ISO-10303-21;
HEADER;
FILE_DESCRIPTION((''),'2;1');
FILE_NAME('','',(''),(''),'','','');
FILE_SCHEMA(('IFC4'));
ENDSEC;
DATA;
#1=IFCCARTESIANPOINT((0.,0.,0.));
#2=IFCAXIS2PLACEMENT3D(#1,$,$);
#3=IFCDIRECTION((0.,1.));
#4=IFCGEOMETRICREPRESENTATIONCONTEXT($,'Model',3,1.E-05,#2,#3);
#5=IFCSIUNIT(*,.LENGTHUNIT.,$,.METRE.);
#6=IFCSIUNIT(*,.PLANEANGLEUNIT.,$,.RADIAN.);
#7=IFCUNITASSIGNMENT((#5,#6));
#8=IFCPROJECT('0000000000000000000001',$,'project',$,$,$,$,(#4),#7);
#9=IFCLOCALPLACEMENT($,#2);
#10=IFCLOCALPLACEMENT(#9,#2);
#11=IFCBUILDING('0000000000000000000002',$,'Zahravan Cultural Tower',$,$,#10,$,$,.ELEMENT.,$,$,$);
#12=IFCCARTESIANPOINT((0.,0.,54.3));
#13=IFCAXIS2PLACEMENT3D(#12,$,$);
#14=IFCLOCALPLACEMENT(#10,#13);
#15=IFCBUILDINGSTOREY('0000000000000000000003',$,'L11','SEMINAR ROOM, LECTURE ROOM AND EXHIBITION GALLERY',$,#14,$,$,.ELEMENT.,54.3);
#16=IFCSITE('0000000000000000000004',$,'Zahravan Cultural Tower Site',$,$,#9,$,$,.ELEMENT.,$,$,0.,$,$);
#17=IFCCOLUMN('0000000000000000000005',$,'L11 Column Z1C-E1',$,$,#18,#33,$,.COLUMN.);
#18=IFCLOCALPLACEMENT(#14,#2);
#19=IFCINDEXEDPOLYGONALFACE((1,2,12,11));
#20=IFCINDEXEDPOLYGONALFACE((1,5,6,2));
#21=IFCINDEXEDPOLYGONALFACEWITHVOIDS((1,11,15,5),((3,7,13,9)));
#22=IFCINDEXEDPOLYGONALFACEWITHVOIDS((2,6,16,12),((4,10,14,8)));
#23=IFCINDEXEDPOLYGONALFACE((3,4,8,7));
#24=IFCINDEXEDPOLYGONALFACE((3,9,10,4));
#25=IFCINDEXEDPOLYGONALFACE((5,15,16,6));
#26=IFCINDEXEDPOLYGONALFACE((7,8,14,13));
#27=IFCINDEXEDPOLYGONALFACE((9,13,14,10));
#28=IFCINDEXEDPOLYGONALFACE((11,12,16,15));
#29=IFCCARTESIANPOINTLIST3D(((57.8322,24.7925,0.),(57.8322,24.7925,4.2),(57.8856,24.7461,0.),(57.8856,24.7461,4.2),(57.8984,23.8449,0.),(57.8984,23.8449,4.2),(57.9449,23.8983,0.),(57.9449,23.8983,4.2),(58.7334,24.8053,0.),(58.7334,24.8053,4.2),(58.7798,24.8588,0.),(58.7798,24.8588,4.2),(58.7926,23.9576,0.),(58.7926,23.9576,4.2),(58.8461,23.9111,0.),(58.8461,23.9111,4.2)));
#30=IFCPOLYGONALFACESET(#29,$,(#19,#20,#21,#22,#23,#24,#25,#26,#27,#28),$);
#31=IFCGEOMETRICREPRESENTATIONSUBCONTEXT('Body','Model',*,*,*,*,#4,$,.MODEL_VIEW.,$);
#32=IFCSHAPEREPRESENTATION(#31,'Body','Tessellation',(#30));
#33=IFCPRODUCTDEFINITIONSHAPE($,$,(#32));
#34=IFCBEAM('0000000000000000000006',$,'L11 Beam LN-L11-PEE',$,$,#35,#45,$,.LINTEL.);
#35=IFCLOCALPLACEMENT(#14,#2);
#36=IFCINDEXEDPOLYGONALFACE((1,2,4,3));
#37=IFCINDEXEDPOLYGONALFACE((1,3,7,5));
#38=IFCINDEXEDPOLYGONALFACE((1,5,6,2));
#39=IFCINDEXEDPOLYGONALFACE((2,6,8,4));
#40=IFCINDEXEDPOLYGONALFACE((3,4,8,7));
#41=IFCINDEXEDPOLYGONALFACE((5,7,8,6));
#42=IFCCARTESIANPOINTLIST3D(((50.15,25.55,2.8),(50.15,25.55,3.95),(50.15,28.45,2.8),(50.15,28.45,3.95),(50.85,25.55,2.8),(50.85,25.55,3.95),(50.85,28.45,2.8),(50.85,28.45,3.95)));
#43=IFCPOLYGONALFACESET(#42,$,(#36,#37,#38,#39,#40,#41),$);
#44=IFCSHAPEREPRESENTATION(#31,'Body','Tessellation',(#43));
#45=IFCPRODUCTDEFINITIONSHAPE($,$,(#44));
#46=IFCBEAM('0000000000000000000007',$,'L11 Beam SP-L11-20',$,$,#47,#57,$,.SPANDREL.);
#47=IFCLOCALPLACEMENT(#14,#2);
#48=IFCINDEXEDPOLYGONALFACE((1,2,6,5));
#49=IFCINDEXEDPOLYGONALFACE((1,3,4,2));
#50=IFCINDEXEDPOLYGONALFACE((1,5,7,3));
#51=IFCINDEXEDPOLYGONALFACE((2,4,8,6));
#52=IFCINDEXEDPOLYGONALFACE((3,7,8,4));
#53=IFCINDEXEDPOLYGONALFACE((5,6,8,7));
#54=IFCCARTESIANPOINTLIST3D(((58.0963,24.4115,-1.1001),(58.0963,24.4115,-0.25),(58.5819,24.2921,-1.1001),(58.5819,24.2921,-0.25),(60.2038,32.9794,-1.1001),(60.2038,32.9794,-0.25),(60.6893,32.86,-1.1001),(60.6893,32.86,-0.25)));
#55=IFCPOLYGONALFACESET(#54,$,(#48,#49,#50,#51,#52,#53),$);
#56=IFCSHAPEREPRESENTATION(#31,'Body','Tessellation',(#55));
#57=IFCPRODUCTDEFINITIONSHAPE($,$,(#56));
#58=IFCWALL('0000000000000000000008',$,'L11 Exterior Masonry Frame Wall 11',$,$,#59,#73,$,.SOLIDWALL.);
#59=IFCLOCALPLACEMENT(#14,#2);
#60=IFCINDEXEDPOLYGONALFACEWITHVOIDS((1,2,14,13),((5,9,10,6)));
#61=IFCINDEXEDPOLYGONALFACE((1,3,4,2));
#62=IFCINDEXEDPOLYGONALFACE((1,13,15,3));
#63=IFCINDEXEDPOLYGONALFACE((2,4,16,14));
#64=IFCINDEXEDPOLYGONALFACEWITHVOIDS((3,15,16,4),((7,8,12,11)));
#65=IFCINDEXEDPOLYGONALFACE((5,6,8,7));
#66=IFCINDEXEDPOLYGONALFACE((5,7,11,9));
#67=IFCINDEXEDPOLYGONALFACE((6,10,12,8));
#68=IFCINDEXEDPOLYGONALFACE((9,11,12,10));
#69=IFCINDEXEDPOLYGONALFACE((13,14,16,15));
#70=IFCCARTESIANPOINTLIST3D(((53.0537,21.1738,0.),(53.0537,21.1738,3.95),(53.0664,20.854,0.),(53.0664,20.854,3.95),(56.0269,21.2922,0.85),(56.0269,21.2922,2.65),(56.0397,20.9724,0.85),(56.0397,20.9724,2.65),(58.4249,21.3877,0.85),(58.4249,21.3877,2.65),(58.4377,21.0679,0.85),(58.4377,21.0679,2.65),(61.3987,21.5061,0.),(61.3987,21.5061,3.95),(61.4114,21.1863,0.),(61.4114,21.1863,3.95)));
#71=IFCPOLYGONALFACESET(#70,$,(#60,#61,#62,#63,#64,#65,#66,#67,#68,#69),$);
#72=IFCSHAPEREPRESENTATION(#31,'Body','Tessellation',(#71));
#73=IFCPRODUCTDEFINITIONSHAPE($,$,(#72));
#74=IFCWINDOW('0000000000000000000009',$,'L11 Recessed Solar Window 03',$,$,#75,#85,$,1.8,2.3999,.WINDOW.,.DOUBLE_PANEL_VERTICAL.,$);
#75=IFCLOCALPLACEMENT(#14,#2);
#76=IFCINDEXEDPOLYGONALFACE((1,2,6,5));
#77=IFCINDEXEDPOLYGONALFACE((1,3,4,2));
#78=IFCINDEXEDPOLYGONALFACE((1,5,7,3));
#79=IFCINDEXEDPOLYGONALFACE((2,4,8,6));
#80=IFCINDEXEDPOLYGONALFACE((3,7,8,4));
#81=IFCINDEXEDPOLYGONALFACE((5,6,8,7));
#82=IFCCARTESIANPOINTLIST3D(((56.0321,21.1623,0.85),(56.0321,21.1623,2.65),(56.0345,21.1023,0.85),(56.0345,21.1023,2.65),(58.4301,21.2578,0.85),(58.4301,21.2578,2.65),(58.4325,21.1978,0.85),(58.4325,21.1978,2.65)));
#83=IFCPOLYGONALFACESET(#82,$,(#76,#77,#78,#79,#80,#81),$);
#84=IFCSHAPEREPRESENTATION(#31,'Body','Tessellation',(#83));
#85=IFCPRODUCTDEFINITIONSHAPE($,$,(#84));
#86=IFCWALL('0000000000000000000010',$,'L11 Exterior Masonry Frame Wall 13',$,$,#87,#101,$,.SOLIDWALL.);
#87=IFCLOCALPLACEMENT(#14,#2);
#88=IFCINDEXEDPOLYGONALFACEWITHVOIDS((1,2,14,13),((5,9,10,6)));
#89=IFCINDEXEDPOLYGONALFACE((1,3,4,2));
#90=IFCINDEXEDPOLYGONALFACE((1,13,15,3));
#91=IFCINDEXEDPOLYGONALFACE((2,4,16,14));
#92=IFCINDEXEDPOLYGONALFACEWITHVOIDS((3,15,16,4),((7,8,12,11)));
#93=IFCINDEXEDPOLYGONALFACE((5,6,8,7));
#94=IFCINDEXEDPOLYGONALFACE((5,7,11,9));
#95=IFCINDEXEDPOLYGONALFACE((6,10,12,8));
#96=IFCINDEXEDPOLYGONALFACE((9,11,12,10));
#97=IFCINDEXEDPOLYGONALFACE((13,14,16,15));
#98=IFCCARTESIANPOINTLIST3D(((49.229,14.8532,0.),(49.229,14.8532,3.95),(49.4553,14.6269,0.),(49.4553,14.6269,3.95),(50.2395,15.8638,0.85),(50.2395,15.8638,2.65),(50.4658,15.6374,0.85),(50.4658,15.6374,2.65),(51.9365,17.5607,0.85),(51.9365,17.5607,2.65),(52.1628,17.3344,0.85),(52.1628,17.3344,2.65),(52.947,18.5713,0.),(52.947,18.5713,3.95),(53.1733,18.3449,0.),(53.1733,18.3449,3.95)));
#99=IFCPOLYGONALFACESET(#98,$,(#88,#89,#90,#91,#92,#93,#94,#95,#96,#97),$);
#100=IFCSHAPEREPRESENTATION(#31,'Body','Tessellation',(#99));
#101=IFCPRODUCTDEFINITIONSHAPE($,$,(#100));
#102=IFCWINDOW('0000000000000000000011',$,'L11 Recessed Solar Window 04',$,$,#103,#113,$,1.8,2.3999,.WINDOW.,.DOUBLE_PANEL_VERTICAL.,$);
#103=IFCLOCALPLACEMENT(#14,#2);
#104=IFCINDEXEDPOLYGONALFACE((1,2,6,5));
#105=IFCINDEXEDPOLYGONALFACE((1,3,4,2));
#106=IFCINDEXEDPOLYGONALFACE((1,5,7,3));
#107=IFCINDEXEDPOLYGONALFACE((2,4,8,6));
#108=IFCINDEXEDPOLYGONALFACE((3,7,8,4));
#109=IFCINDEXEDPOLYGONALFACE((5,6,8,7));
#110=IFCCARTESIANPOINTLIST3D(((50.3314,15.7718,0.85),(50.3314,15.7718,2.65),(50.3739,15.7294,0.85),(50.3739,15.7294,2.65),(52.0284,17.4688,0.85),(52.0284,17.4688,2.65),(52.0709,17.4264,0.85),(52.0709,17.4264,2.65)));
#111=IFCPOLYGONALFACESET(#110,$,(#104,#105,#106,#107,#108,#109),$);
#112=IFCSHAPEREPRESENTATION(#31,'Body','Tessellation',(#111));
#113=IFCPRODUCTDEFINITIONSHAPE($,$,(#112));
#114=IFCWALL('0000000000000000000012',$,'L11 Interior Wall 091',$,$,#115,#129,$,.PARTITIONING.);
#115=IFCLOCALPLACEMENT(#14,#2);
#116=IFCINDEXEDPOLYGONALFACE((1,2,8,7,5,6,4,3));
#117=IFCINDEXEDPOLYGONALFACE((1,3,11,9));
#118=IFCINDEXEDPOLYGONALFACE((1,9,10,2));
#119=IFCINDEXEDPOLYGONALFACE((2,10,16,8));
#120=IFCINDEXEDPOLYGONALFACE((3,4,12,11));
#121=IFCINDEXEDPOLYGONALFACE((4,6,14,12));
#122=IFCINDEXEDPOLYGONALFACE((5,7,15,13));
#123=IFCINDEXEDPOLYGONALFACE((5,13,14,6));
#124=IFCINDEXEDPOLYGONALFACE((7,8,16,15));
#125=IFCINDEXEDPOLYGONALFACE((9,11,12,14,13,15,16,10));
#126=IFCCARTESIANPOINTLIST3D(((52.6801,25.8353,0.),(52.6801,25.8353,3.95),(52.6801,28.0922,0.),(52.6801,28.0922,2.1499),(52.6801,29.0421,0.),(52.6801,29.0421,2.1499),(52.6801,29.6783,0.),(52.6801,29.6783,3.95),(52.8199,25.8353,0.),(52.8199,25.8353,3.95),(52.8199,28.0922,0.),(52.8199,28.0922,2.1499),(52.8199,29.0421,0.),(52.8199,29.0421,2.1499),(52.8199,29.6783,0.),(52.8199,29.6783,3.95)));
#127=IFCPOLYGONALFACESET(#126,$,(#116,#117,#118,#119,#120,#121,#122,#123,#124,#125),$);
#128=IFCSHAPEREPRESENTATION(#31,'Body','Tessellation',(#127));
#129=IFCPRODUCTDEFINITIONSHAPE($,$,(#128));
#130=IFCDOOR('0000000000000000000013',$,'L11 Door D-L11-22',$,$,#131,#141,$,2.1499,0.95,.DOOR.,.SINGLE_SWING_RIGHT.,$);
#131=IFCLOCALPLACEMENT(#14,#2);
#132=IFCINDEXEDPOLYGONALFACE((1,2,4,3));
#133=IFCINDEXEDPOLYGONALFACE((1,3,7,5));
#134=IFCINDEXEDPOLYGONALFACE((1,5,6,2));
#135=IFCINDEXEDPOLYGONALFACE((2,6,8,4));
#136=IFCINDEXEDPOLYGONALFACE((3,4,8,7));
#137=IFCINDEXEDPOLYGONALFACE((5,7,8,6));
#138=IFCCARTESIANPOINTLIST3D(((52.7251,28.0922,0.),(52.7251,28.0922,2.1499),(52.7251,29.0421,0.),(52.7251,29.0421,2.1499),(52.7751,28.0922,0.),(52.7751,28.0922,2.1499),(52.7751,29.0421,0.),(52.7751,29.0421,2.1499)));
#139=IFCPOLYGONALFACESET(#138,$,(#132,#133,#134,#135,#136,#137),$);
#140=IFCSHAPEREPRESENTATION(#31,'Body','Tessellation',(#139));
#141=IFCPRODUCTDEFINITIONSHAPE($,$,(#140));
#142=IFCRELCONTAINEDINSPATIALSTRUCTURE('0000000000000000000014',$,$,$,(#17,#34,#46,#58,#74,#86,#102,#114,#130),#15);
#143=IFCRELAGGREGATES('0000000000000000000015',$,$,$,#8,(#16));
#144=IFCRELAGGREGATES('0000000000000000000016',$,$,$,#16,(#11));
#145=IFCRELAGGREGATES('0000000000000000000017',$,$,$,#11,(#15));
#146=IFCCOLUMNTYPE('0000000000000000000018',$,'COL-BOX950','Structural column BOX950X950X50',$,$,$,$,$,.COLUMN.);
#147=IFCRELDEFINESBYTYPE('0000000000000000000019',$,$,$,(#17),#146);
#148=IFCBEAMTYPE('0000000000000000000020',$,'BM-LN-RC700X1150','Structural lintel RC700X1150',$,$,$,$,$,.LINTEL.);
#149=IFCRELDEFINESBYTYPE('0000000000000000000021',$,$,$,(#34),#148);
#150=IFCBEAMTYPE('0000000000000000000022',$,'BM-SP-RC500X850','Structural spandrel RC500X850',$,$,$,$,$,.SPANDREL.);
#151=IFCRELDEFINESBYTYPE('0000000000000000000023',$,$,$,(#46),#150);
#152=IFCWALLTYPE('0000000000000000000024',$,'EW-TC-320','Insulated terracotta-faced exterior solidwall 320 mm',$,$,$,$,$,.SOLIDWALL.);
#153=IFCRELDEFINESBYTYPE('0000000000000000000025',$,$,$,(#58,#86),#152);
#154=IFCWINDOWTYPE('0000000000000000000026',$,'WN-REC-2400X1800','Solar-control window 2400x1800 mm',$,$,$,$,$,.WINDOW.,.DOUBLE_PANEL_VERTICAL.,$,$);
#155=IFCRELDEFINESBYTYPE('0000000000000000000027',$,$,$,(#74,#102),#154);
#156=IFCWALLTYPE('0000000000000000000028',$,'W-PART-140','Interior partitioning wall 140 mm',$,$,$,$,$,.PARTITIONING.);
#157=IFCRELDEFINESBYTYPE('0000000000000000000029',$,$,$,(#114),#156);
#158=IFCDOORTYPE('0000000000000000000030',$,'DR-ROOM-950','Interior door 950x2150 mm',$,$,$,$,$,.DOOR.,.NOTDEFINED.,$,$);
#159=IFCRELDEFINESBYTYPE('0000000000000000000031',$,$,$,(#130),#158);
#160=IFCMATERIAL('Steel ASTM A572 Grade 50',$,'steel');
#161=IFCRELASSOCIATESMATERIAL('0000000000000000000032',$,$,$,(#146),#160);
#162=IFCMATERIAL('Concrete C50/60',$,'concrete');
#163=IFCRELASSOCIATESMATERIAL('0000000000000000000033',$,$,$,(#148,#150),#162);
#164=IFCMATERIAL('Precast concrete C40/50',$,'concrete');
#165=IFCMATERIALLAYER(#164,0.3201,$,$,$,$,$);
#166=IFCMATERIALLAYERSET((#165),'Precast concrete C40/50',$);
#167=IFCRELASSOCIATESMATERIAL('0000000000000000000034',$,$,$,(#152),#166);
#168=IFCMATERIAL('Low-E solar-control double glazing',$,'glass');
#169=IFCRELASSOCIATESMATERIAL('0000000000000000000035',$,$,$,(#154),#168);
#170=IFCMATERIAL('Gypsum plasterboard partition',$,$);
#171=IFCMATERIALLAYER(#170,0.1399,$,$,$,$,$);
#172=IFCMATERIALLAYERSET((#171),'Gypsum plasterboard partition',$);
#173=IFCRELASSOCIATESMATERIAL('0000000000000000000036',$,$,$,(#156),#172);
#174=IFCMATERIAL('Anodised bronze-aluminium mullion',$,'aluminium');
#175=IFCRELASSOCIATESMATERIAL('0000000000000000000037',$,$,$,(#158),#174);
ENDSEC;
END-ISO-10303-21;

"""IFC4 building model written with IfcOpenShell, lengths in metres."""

from ifc_helpers import new_model, si_unit, direction, frame, frame_2d, origin, origin_2d, place, context, subcontext, project, spatial, rectangle, hollow_rectangle, extrude, source, transform, mapped, material, layer, layer_set, material_profile, profile_set, type_object, element, fill, save


model = new_model("IFC4")

# Units and contexts
model_context = context("Model", 3, precision=1e-05, world=origin(), true_north=direction((0.0, 1.0)))
body_context = subcontext(model_context, "Body", "Model", "MODEL_VIEW")
ifc_project = project(units=[si_unit("LENGTHUNIT", "METRE"), si_unit("PLANEANGLEUNIT", "RADIAN")], contexts=[model_context])

# Site, building, storey
site_placement = place(None, origin())
site = spatial("IfcSite", under=ifc_project, at=site_placement, Name="Zahravan Cultural Tower Site", CompositionType="ELEMENT", RefElevation=0.0)
building_placement = place(site_placement, origin())
building = spatial("IfcBuilding", under=site, at=building_placement, Name="Zahravan Cultural Tower", CompositionType="ELEMENT")
storey_placement = place(building_placement, frame((0.0, 0.0, 54.3)))
storey = spatial("IfcBuildingStorey", under=building, at=storey_placement, Name="L11", Description="SEMINAR ROOM, LECTURE ROOM AND EXHIBITION GALLERY", CompositionType="ELEMENT", Elevation=54.3)

# Column
ifc_material_1 = material(Name="Steel ASTM A572 Grade 50", Category="steel")
ifc_material_profile_1 = material_profile(ifc_material_1, hollow_rectangle(XDim=0.95, YDim=0.95, WallThickness=0.05, at=origin_2d()), Name="BOX950X950X50")
ifc_profile_set_1 = profile_set([ifc_material_profile_1], Name="Steel ASTM A572 Grade 50")
column_type = type_object("IfcColumnType", Name="COL-BOX950", Description="Structural column BOX950X950X50", PredefinedType="COLUMN", material=ifc_profile_set_1)
shared_shape_1 = source(origin(), body_context, "Body", "SweptSolid", [
    extrude(hollow_rectangle(XDim=0.95, YDim=0.95, WallThickness=0.05, at=origin_2d()), origin(), (0.0, 0.0, 1.0), 4.2),
])
column_placement = place(storey_placement, frame((58.3391, 24.3518, 0.0), z_axis=(0.0, 0.0, 1.0), x_axis=(0.997564, 0.069756, 0.0)))
element("IfcColumn", 1, at=column_placement, inside=storey, type_object=column_type, Name="L11 Column Z1C-E1", PredefinedType="COLUMN", context=body_context, shape_type="MappedRepresentation", body=[
    mapped(shared_shape_1, transform((0.0, 0.0, 0.0), x_axis=(1.0, 0.0, 0.0), y_axis=(0.0, 1.0, 0.0), z_axis=(0.0, 0.0, 1.0), scale=1.0)),
])

# Beams
ifc_material_2 = material(Name="Concrete C50/60", Category="concrete")
ifc_material_profile_2 = material_profile(ifc_material_2, rectangle(XDim=0.7, YDim=1.1499, at=origin_2d()), Name="RC700X1150")
ifc_profile_set_2 = profile_set([ifc_material_profile_2], Name="Concrete C50/60")
beam_type_1 = type_object("IfcBeamType", Name="BM-LN-RC700X1150", Description="Structural lintel RC700X1150", PredefinedType="LINTEL", material=ifc_profile_set_2)
shared_shape_2 = source(origin(), body_context, "Body", "SweptSolid", [
    extrude(rectangle(XDim=0.7, YDim=1.1499, at=origin_2d()), origin(), (0.0, 0.0, 1.0), 2.8999),
])
beam_1_placement = place(storey_placement, frame((50.5, 25.55, 3.375), z_axis=(0.0, 1.0, 0.0), x_axis=(-1.0, 0.0, 0.0)))
element("IfcBeam", 2, at=beam_1_placement, inside=storey, type_object=beam_type_1, Name="L11 Beam LN-L11-PEE", PredefinedType="LINTEL", context=body_context, shape_type="MappedRepresentation", body=[
    mapped(shared_shape_2, transform((0.0, 0.0, 0.0), x_axis=(1.0, 0.0, 0.0), y_axis=(0.0, 1.0, 0.0), z_axis=(0.0, 0.0, 1.0), scale=1.0)),
])
ifc_material_profile_3 = material_profile(ifc_material_2, rectangle(XDim=0.5, YDim=0.8501, at=origin_2d()), Name="RC500X850")
ifc_profile_set_3 = profile_set([ifc_material_profile_3], Name="Concrete C50/60")
beam_type_2 = type_object("IfcBeamType", Name="BM-SP-RC500X850", Description="Structural spandrel RC500X850", PredefinedType="SPANDREL", material=ifc_profile_set_3)
shared_shape_3 = source(origin(), body_context, "Body", "SweptSolid", [
    extrude(rectangle(XDim=0.5, YDim=0.8501, at=origin_2d()), origin(), (0.0, 0.0, 1.0), 8.8232),
])
beam_2_placement = place(storey_placement, frame((58.3391, 24.3518, -0.675), z_axis=(0.238849, 0.971057, 0.0), x_axis=(-0.971057, 0.238849, 0.0)))
element("IfcBeam", 3, at=beam_2_placement, inside=storey, type_object=beam_type_2, Name="L11 Beam SP-L11-20", PredefinedType="SPANDREL", context=body_context, shape_type="MappedRepresentation", body=[
    mapped(shared_shape_3, transform((0.0, 0.0, 0.0), x_axis=(1.0, 0.0, 0.0), y_axis=(0.0, 1.0, 0.0), z_axis=(0.0, 0.0, 1.0), scale=1.0)),
])

# Walls, openings, windows
ifc_material_3 = material(Name="Precast concrete C40/50", Category="concrete")
ifc_layer_1 = layer(ifc_material_3, 0.3201)
ifc_layer_set_1 = layer_set([ifc_layer_1], Name="Precast concrete C40/50")
wall_type_1 = type_object("IfcWallType", Name="EW-TC-320", Description="Insulated terracotta-faced exterior solidwall 320 mm", PredefinedType="SOLIDWALL", material=ifc_layer_set_1)
wall_1_placement = place(storey_placement, frame((61.405, 21.3462, 0.0), z_axis=(0.0, 0.0, 1.0), x_axis=(-0.999208, -0.039786, 0.0)))
wall_1 = element("IfcWall", 4, at=wall_1_placement, inside=storey, type_object=wall_type_1, Name="L11 Exterior Masonry Frame Wall 11", PredefinedType="SOLIDWALL", context=body_context, shape_type="SweptSolid", body=[
    extrude(rectangle(XDim=8.3516, YDim=0.3201, at=frame_2d((4.1758, 0.0))), origin(), (0.0, 0.0, 1.0), 3.95),
])
opening_1_placement = place(wall_1_placement, frame((2.9761, 0.0, 0.8501)))
opening_1 = element("IfcOpeningElement", 5, at=opening_1_placement, cuts=wall_1, PredefinedType="OPENING", context=body_context, shape_type="SweptSolid", body=[
    extrude(rectangle(XDim=2.3999, YDim=1.8, at=frame_2d((1.2, 0.8999))), frame((0.0, 0.1699, 0.0), z_axis=(0.0, -1.0, 0.0), x_axis=(1.0, 0.0, 0.0)), (0.0, 0.0, 1.0), 0.3401),
])
ifc_material_4 = material(Name="Low-E solar-control double glazing", Category="glass")
window_type = type_object("IfcWindowType", Name="WN-REC-2400X1800", Description="Solar-control window 2400x1800 mm", PartitioningType="DOUBLE_PANEL_VERTICAL", PredefinedType="WINDOW", material=ifc_material_4)
shared_shape_4 = source(origin(), body_context, "Body", "SweptSolid", [
    extrude(rectangle(XDim=2.3999, YDim=1.8, at=frame_2d((1.2, 0.8999))), frame((0.0, 0.03, 0.0), z_axis=(0.0, -1.0, 0.0), x_axis=(1.0, 0.0, 0.0)), (0.0, 0.0, 1.0), 0.0601),
])
window_1_placement = place(opening_1_placement, origin())
window_1 = element("IfcWindow", 6, at=window_1_placement, inside=storey, type_object=window_type, Name="L11 Recessed Solar Window 03", OverallHeight=1.8, OverallWidth=2.3999, PartitioningType="DOUBLE_PANEL_VERTICAL", PredefinedType="WINDOW", context=body_context, shape_type="MappedRepresentation", body=[
    mapped(shared_shape_4, transform((0.0, 0.0, 0.0), x_axis=(1.0, 0.0, 0.0), y_axis=(0.0, 1.0, 0.0), z_axis=(0.0, 0.0, 1.0), scale=1.0)),
])
fill(opening_1, window_1)
wall_2_placement = place(storey_placement, frame((53.0601, 18.458, 0.0), z_axis=(0.0, 0.0, 1.0), x_axis=(-0.707107, -0.707107, 0.0)))
wall_2 = element("IfcWall", 7, at=wall_2_placement, inside=storey, type_object=wall_type_1, Name="L11 Exterior Masonry Frame Wall 13", PredefinedType="SOLIDWALL", context=body_context, shape_type="SweptSolid", body=[
    extrude(rectangle(XDim=5.2581, YDim=0.3201, at=frame_2d((2.6289, 0.0))), origin(), (0.0, 0.0, 1.0), 3.95),
])
opening_2_placement = place(wall_2_placement, frame((1.429, 0.0, 0.8501)))
opening_2 = element("IfcOpeningElement", 8, at=opening_2_placement, cuts=wall_2, PredefinedType="OPENING", context=body_context, shape_type="SweptSolid", body=[
    extrude(rectangle(XDim=2.3999, YDim=1.8, at=frame_2d((1.2, 0.8999))), frame((0.0, 0.1699, 0.0), z_axis=(0.0, -1.0, 0.0), x_axis=(1.0, 0.0, 0.0)), (0.0, 0.0, 1.0), 0.3401),
])
window_2_placement = place(opening_2_placement, origin())
window_2 = element("IfcWindow", 9, at=window_2_placement, inside=storey, type_object=window_type, Name="L11 Recessed Solar Window 04", OverallHeight=1.8, OverallWidth=2.3999, PartitioningType="DOUBLE_PANEL_VERTICAL", PredefinedType="WINDOW", context=body_context, shape_type="MappedRepresentation", body=[
    mapped(shared_shape_4, transform((0.0, 0.0, 0.0), x_axis=(1.0, 0.0, 0.0), y_axis=(0.0, 1.0, 0.0), z_axis=(0.0, 0.0, 1.0), scale=1.0)),
])
fill(opening_2, window_2)

# Wall, opening, door
ifc_material_5 = material(Name="Gypsum plasterboard partition")
ifc_layer_2 = layer(ifc_material_5, 0.1399)
ifc_layer_set_2 = layer_set([ifc_layer_2], Name="Gypsum plasterboard partition")
wall_type_2 = type_object("IfcWallType", Name="W-PART-140", Description="Interior partitioning wall 140 mm", PredefinedType="PARTITIONING", material=ifc_layer_set_2)
wall_3_placement = place(storey_placement, frame((52.75, 25.8354, 0.0), z_axis=(0.0, 0.0, 1.0), x_axis=(0.0, 1.0, 0.0)))
wall_3 = element("IfcWall", 10, at=wall_3_placement, inside=storey, type_object=wall_type_2, Name="L11 Interior Wall 091", PredefinedType="PARTITIONING", context=body_context, shape_type="SweptSolid", body=[
    extrude(rectangle(XDim=3.843, YDim=0.1399, at=frame_2d((1.9214, 0.0))), origin(), (0.0, 0.0, 1.0), 3.95),
])
opening_3_placement = place(wall_3_placement, frame((2.2566, 0.0, 0.0)))
opening_3 = element("IfcOpeningElement", 11, at=opening_3_placement, cuts=wall_3, PredefinedType="OPENING", context=body_context, shape_type="SweptSolid", body=[
    extrude(rectangle(XDim=0.95, YDim=2.1499, at=frame_2d((0.4751, 1.075))), frame((0.0, 0.0798, 0.0), z_axis=(0.0, -1.0, 0.0), x_axis=(1.0, 0.0, 0.0)), (0.0, 0.0, 1.0), 0.1599),
])
ifc_material_6 = material(Name="Anodised bronze-aluminium mullion", Category="aluminium")
door_type = type_object("IfcDoorType", Name="DR-ROOM-950", Description="Interior door 950x2150 mm", OperationType="NOTDEFINED", PredefinedType="DOOR", material=ifc_material_6)
shared_shape_5 = source(origin(), body_context, "Body", "SweptSolid", [
    extrude(rectangle(XDim=0.95, YDim=2.1499, at=frame_2d((0.4751, 1.075))), frame((0.0, 0.0249, 0.0), z_axis=(0.0, -1.0, 0.0), x_axis=(1.0, 0.0, 0.0)), (0.0, 0.0, 1.0), 0.05),
])
door_1_placement = place(opening_3_placement, origin())
door_1 = element("IfcDoor", 12, at=door_1_placement, inside=storey, type_object=door_type, Name="L11 Door D-L11-22", OperationType="SINGLE_SWING_RIGHT", OverallHeight=2.1499, OverallWidth=0.95, PredefinedType="DOOR", context=body_context, shape_type="MappedRepresentation", body=[
    mapped(shared_shape_5, transform((0.0, 0.0, 0.0), x_axis=(1.0, 0.0, 0.0), y_axis=(0.0, 1.0, 0.0), z_axis=(0.0, 0.0, 1.0), scale=1.0)),
])
fill(opening_3, door_1)

save(model, "model.ifc")
